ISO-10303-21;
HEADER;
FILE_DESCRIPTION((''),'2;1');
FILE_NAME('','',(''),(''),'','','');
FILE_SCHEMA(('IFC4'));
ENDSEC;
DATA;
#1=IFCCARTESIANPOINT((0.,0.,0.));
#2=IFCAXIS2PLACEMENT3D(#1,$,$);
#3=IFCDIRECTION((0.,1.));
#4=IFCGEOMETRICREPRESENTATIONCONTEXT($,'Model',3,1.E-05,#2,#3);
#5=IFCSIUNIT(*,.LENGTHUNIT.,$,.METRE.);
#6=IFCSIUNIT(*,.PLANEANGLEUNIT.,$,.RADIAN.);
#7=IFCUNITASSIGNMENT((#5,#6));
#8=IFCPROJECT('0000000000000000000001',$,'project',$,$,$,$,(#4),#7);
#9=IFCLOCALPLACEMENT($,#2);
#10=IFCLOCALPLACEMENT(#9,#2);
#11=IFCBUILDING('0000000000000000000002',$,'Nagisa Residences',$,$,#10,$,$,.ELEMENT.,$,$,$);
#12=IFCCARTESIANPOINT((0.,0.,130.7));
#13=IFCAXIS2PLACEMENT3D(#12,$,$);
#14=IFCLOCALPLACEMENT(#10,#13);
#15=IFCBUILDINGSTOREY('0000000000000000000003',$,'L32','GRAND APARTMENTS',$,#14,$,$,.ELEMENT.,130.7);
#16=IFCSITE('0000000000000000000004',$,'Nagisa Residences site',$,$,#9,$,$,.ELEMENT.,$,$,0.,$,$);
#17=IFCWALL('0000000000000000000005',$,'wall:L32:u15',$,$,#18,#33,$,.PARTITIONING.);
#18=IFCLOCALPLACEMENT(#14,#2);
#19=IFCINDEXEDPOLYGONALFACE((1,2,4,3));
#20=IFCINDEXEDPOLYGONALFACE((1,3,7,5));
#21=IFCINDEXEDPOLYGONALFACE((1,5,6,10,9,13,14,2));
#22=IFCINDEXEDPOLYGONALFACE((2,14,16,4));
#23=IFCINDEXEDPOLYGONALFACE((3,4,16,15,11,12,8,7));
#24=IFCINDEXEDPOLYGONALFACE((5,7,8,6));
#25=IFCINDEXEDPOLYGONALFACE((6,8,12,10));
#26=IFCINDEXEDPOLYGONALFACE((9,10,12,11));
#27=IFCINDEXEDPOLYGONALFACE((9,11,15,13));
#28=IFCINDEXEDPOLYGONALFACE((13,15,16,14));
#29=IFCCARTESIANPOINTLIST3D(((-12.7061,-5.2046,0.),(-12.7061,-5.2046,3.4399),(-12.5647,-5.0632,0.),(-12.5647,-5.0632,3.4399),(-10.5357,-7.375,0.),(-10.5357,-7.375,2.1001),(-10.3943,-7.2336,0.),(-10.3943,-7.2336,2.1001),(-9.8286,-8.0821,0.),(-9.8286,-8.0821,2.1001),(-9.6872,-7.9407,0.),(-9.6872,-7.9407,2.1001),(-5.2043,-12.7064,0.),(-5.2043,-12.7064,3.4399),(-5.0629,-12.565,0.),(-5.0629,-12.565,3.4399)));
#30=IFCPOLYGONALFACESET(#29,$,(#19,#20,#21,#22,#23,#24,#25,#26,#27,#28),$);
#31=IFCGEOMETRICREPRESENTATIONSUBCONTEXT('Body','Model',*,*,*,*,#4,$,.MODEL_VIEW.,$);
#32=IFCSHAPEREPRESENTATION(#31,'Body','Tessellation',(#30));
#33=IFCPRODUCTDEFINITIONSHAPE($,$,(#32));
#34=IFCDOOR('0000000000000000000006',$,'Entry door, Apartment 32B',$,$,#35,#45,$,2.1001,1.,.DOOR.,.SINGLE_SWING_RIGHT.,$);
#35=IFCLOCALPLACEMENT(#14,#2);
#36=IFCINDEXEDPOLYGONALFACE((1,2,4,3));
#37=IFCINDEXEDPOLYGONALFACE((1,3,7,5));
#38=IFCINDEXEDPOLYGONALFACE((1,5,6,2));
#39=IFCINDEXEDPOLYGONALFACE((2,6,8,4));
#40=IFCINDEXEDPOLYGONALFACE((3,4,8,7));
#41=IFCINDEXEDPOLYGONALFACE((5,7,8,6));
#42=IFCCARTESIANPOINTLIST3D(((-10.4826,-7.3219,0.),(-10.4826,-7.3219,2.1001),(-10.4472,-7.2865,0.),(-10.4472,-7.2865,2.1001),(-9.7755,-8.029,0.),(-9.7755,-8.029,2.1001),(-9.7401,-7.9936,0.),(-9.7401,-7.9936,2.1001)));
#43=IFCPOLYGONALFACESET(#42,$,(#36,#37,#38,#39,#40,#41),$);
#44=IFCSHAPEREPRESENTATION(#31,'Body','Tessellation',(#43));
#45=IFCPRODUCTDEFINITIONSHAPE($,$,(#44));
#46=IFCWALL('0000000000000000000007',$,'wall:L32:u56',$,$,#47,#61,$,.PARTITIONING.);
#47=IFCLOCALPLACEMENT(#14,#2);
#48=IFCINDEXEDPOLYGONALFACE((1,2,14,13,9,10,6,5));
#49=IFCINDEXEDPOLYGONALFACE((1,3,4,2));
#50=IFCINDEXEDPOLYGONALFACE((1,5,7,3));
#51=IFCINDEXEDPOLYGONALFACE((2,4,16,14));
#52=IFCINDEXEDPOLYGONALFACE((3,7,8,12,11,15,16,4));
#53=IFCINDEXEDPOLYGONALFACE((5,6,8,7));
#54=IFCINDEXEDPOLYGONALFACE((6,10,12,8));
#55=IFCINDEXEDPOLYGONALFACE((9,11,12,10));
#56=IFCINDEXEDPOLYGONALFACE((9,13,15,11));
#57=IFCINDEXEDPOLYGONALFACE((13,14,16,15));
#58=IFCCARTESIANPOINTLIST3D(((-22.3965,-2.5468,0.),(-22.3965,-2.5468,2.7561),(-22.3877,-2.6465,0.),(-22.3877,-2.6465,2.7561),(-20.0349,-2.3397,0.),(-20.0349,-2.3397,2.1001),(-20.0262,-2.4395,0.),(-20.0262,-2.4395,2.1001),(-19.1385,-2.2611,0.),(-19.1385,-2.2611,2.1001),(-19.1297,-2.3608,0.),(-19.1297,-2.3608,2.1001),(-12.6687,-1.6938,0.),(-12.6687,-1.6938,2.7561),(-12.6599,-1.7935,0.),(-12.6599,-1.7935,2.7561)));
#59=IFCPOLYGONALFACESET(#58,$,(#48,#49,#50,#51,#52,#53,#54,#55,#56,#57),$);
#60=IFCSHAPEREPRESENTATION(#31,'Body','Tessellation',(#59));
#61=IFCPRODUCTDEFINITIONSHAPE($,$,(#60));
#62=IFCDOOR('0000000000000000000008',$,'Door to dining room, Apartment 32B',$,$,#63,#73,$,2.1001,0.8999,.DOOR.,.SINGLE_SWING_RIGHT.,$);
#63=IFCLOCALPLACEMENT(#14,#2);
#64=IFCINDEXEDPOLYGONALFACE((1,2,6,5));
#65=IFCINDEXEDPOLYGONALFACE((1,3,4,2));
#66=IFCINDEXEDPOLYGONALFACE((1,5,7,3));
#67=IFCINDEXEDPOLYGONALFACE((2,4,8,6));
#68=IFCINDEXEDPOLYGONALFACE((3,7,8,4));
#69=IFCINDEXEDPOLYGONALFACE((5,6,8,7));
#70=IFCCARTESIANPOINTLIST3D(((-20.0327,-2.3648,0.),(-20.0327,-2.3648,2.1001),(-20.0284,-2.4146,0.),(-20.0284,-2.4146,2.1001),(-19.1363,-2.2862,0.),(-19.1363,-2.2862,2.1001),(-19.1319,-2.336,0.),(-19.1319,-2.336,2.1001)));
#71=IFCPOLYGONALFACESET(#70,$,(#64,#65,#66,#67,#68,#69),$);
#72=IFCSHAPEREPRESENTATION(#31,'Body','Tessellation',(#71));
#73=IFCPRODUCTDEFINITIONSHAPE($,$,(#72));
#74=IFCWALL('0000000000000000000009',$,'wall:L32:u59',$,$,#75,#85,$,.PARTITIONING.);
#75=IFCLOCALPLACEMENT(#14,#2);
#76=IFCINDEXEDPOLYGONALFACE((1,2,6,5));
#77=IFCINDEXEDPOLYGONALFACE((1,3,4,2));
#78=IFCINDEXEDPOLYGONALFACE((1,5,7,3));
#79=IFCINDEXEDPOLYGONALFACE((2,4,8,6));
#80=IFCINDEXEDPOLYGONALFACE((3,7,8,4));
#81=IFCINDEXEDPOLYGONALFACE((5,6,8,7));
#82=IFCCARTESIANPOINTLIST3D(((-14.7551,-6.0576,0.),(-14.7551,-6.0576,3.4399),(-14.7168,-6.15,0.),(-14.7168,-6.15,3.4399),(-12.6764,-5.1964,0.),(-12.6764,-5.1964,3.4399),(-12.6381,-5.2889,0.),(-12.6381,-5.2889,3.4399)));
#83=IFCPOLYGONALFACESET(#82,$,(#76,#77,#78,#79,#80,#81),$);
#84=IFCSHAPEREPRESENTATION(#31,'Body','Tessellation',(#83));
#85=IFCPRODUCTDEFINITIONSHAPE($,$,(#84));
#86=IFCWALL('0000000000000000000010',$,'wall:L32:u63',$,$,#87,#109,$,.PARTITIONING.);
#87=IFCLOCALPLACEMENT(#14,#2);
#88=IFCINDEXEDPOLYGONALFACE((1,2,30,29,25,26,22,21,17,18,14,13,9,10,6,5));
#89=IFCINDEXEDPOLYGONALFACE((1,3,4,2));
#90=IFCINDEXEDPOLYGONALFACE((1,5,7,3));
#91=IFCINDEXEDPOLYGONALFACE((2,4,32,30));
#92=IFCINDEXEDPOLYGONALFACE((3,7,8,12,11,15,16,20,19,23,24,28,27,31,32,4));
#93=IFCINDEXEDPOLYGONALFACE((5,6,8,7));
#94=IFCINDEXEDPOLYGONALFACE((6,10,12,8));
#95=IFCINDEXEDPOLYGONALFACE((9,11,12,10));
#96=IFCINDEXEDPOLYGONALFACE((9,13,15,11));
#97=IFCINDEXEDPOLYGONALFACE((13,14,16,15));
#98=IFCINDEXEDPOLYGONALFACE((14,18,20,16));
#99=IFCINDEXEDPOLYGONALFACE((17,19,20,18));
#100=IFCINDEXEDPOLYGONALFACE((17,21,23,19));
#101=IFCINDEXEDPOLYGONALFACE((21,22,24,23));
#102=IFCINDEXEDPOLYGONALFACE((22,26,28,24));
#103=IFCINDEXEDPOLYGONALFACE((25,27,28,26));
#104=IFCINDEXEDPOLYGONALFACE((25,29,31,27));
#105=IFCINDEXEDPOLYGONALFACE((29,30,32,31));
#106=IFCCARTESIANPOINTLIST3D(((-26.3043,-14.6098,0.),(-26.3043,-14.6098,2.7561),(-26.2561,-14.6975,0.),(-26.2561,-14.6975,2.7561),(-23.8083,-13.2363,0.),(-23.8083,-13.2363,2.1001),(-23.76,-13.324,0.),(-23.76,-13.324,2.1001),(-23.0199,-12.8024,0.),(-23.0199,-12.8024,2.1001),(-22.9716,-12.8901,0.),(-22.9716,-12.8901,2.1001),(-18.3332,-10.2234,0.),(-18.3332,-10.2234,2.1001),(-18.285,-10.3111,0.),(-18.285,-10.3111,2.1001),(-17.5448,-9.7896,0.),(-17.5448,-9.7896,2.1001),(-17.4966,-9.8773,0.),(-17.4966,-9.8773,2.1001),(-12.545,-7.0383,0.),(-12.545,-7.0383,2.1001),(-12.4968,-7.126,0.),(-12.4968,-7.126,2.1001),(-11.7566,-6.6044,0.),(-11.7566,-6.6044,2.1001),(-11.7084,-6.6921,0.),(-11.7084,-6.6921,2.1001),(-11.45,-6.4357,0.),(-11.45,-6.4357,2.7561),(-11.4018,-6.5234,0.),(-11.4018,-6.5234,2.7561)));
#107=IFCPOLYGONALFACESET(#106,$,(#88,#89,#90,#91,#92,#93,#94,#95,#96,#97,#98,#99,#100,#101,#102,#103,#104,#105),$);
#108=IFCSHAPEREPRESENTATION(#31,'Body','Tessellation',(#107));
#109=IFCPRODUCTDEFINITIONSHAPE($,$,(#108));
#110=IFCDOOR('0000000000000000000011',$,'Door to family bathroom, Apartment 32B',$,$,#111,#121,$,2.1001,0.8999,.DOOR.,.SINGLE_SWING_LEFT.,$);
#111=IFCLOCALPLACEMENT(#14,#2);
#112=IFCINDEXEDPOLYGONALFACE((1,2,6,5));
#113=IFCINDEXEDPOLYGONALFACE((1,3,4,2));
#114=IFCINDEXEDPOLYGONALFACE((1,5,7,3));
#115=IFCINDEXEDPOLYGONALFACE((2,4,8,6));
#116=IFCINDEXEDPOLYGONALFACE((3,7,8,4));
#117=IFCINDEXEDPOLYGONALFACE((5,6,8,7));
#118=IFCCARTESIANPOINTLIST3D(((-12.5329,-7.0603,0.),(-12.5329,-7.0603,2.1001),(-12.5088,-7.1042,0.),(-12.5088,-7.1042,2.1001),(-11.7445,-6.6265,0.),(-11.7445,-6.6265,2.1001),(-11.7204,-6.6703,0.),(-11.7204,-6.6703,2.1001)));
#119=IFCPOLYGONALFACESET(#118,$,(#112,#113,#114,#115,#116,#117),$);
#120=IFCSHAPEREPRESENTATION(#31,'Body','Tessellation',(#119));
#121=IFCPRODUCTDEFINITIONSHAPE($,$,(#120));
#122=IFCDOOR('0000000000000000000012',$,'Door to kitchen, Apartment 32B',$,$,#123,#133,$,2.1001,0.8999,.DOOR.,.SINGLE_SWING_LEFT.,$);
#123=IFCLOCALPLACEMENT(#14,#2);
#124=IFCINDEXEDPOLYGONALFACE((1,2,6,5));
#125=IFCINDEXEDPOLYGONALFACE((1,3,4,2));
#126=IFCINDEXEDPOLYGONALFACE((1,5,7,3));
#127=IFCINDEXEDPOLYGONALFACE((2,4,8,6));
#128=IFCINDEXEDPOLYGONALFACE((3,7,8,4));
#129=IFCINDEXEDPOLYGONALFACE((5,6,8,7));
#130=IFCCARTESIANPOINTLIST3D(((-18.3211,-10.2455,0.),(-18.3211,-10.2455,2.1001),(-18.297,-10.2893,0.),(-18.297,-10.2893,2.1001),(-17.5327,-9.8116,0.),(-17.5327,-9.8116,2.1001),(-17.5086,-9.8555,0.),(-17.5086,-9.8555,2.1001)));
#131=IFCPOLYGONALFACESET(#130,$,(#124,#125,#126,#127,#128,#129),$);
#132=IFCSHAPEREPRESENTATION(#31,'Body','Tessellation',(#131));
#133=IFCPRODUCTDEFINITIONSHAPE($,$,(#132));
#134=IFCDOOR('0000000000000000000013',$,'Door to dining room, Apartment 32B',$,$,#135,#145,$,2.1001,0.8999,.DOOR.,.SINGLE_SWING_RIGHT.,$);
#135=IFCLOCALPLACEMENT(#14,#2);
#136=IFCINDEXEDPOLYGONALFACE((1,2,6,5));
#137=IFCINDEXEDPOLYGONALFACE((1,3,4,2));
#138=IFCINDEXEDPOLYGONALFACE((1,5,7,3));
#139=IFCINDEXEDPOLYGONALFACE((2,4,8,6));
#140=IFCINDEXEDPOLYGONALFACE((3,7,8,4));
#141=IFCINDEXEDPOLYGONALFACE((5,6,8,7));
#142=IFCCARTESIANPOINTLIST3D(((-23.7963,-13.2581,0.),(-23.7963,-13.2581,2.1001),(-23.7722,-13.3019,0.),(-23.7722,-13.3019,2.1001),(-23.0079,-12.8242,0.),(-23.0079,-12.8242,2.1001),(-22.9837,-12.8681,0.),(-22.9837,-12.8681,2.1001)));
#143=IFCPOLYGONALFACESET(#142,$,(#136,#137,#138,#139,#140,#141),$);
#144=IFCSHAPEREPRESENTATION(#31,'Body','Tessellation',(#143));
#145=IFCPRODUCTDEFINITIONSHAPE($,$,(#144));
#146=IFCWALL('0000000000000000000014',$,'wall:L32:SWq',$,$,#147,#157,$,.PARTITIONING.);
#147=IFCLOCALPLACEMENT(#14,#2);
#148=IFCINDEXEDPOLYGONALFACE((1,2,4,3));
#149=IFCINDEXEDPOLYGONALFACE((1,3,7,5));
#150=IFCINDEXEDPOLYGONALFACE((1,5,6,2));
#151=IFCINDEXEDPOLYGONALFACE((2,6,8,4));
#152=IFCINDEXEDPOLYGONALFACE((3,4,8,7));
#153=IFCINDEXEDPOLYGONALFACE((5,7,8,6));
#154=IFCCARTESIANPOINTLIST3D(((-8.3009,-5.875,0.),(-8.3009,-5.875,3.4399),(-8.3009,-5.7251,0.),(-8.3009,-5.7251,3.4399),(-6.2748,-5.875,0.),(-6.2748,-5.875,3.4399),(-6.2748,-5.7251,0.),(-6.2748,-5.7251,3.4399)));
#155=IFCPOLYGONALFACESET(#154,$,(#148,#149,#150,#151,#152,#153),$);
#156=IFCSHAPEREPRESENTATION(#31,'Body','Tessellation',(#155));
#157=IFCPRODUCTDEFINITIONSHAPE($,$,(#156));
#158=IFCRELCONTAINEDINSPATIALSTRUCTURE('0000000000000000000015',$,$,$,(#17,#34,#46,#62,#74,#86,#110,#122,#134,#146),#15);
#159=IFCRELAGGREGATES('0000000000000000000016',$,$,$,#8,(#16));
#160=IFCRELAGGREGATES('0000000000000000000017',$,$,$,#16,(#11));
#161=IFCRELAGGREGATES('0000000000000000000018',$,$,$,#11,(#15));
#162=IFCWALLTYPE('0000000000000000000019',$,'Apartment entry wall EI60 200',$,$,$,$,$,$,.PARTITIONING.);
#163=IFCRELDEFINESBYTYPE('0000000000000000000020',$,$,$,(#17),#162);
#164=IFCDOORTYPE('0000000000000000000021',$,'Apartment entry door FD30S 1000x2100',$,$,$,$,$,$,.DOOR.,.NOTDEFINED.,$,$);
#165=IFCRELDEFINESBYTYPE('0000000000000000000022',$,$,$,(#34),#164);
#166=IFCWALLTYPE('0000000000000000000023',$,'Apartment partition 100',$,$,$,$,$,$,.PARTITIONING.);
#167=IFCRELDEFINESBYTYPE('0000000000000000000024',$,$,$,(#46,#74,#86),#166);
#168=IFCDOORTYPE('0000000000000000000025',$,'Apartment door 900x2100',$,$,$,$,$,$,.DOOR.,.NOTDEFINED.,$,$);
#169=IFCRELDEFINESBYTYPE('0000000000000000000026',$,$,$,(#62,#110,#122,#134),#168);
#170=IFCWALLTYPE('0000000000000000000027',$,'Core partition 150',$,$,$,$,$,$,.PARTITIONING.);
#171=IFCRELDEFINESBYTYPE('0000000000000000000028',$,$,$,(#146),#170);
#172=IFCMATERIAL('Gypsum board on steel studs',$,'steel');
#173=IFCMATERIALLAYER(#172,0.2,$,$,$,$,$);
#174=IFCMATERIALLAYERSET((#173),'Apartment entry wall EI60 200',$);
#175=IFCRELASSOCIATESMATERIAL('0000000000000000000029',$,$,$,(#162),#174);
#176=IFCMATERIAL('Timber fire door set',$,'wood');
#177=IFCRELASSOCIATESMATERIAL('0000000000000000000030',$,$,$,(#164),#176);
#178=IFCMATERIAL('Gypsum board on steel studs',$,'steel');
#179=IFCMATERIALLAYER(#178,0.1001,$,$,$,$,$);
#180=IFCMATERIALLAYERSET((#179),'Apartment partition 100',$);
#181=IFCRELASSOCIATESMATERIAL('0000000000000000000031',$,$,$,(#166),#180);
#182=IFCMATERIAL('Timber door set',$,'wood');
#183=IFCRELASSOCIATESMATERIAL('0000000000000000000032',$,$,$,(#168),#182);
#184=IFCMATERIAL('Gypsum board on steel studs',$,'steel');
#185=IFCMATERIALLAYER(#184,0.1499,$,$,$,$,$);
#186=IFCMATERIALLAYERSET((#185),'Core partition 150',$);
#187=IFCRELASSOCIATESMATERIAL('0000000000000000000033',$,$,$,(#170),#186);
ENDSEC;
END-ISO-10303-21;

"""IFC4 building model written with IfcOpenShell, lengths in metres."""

from ifc_helpers import new_model, si_unit, direction, frame, frame_2d, origin, place, context, subcontext, project, spatial, rectangle, extrude, material, layer, layer_set, type_object, element, fill, save


model = new_model("IFC4")

# Units and contexts
model_context = context("Model", 3, precision=1e-05, world=origin(), true_north=direction((0.0, 1.0)))
body_context = subcontext(model_context, "Body", "Model", "MODEL_VIEW")
ifc_project = project(units=[si_unit("LENGTHUNIT", "METRE"), si_unit("PLANEANGLEUNIT", "RADIAN")], contexts=[model_context])

# Site, building, storey
site_placement = place(None, origin())
site = spatial("IfcSite", under=ifc_project, at=site_placement, Name="Nagisa Residences site", CompositionType="ELEMENT", RefElevation=0.0)
building_placement = place(site_placement, origin())
building = spatial("IfcBuilding", under=site, at=building_placement, Name="Nagisa Residences", CompositionType="ELEMENT")
storey_placement = place(building_placement, frame((0.0, 0.0, 130.7)))
storey = spatial("IfcBuildingStorey", under=building, at=storey_placement, Name="L32", Description="GRAND APARTMENTS", CompositionType="ELEMENT", Elevation=130.7)

# Walls, openings, doors
ifc_material_1 = material(Name="Gypsum board on steel studs", Category="steel")
ifc_layer_1 = layer(ifc_material_1, 0.2)
ifc_layer_set_1 = layer_set([ifc_layer_1], Name="Apartment entry wall EI60 200")
wall_type_1 = type_object("IfcWallType", Name="Apartment entry wall EI60 200", PredefinedType="PARTITIONING", material=ifc_layer_set_1)
wall_1_placement = place(storey_placement, frame((-12.6355, -5.1338, 0.0), z_axis=(0.0, 0.0, 1.0), x_axis=(0.707107, -0.707107, 0.0)))
wall_1 = element("IfcWall", 1, at=wall_1_placement, inside=storey, type_object=wall_type_1, Name="wall:L32:u15", PredefinedType="PARTITIONING", context=body_context, shape_type="SweptSolid", body=[
    extrude(rectangle(XDim=10.6091, YDim=0.2, at=frame_2d((5.3047, 0.0))), origin(), (0.0, 0.0, 1.0), 3.4399),
])
opening_1_placement = place(wall_1_placement, frame((3.0696, 0.0, 0.0)))
opening_1 = element("IfcOpeningElement", 2, at=opening_1_placement, cuts=wall_1, PredefinedType="OPENING", context=body_context, shape_type="SweptSolid", body=[
    extrude(rectangle(XDim=1.0, YDim=2.1001, at=frame_2d((0.5, 1.05))), frame((0.0, 0.1099, 0.0), z_axis=(0.0, -1.0, 0.0), x_axis=(1.0, 0.0, 0.0)), (0.0, 0.0, 1.0), 0.22),
])
ifc_material_2 = material(Name="Timber fire door set", Category="wood")
door_type_1 = type_object("IfcDoorType", Name="Apartment entry door FD30S 1000x2100", OperationType="NOTDEFINED", PredefinedType="DOOR", material=ifc_material_2)
door_1_placement = place(opening_1_placement, frame((1.0, 0.0, 0.0), x_axis=(-1.0, 0.0, 0.0)))
door_1 = element("IfcDoor", 3, at=door_1_placement, inside=storey, type_object=door_type_1, Name="Entry door, Apartment 32B", OperationType="SINGLE_SWING_RIGHT", OverallHeight=2.1001, OverallWidth=1.0, PredefinedType="DOOR", context=body_context, shape_type="SweptSolid", body=[
    extrude(rectangle(XDim=1.0, YDim=2.1001, at=frame_2d((0.5, 1.05))), frame((0.0, 0.0249, 0.0), z_axis=(0.0, -1.0, 0.0), x_axis=(1.0, 0.0, 0.0)), (0.0, 0.0, 1.0), 0.05),
])
fill(opening_1, door_1)
ifc_material_3 = material(Name="Gypsum board on steel studs", Category="steel")
ifc_layer_2 = layer(ifc_material_3, 0.1001)
ifc_layer_set_2 = layer_set([ifc_layer_2], Name="Apartment partition 100")
wall_type_2 = type_object("IfcWallType", Name="Apartment partition 100", PredefinedType="PARTITIONING", material=ifc_layer_set_2)
wall_2_placement = place(storey_placement, frame((-12.6643, -1.7437, 0.0), z_axis=(0.0, 0.0, 1.0), x_axis=(-0.996177, -0.087355, 0.0)))
wall_2 = element("IfcWall", 4, at=wall_2_placement, inside=storey, type_object=wall_type_2, Name="wall:L32:u56", PredefinedType="PARTITIONING", context=body_context, shape_type="SweptSolid", body=[
    extrude(rectangle(XDim=9.7651, YDim=0.1001, at=frame_2d((4.8826, 0.0))), origin(), (0.0, 0.0, 1.0), 2.7561),
])
opening_2_placement = place(wall_2_placement, frame((6.4946, 0.0, 0.0)))
opening_2 = element("IfcOpeningElement", 5, at=opening_2_placement, cuts=wall_2, PredefinedType="OPENING", context=body_context, shape_type="SweptSolid", body=[
    extrude(rectangle(XDim=0.8999, YDim=2.1001, at=frame_2d((0.45, 1.05))), frame((0.0, 0.0601, 0.0), z_axis=(0.0, -1.0, 0.0), x_axis=(1.0, 0.0, 0.0)), (0.0, 0.0, 1.0), 0.1201),
])
ifc_material_4 = material(Name="Timber door set", Category="wood")
door_type_2 = type_object("IfcDoorType", Name="Apartment door 900x2100", OperationType="NOTDEFINED", PredefinedType="DOOR", material=ifc_material_4)
door_2_placement = place(opening_2_placement, frame((0.8999, 0.0, 0.0), x_axis=(-1.0, 0.0, 0.0)))
door_2 = element("IfcDoor", 6, at=door_2_placement, inside=storey, type_object=door_type_2, Name="Door to dining room, Apartment 32B", OperationType="SINGLE_SWING_RIGHT", OverallHeight=2.1001, OverallWidth=0.8999, PredefinedType="DOOR", context=body_context, shape_type="SweptSolid", body=[
    extrude(rectangle(XDim=0.8999, YDim=2.1001, at=frame_2d((0.45, 1.05))), frame((0.0, 0.0249, 0.0), z_axis=(0.0, -1.0, 0.0), x_axis=(1.0, 0.0, 0.0)), (0.0, 0.0, 1.0), 0.05),
])
fill(opening_2, door_2)

# Wall
wall_3_placement = place(storey_placement, frame((-12.6572, -5.2427, 0.0), z_axis=(0.0, 0.0, 1.0), x_axis=(-0.923865, -0.382719, 0.0)))
element("IfcWall", 7, at=wall_3_placement, inside=storey, type_object=wall_type_2, Name="wall:L32:u59", PredefinedType="PARTITIONING", context=body_context, shape_type="SweptSolid", body=[
    extrude(rectangle(XDim=2.25, YDim=0.1001, at=frame_2d((1.125, 0.0))), origin(), (0.0, 0.0, 1.0), 3.4399),
])

# Wall, openings, doors
wall_4_placement = place(storey_placement, frame((-11.4258, -6.4795, 0.0), z_axis=(0.0, 0.0, 1.0), x_axis=(-0.87611, -0.482111, 0.0)))
wall_4 = element("IfcWall", 8, at=wall_4_placement, inside=storey, type_object=wall_type_2, Name="wall:L32:u63", PredefinedType="PARTITIONING", context=body_context, shape_type="SweptSolid", body=[
    extrude(rectangle(XDim=16.9548, YDim=0.1001, at=frame_2d((8.4775, 0.0))), origin(), (0.0, 0.0, 1.0), 2.7561),
])
opening_3_placement = place(wall_4_placement, frame((0.3501, 0.0, 0.0)))
opening_3 = element("IfcOpeningElement", 9, at=opening_3_placement, cuts=wall_4, PredefinedType="OPENING", context=body_context, shape_type="SweptSolid", body=[
    extrude(rectangle(XDim=0.8999, YDim=2.1001, at=frame_2d((0.45, 1.05))), frame((0.0, 0.0601, 0.0), z_axis=(0.0, -1.0, 0.0), x_axis=(1.0, 0.0, 0.0)), (0.0, 0.0, 1.0), 0.1201),
])
opening_4_placement = place(wall_4_placement, frame((6.9568, 0.0, 0.0)))
opening_4 = element("IfcOpeningElement", 10, at=opening_4_placement, cuts=wall_4, PredefinedType="OPENING", context=body_context, shape_type="SweptSolid", body=[
    extrude(rectangle(XDim=0.8999, YDim=2.1001, at=frame_2d((0.45, 1.05))), frame((0.0, 0.0601, 0.0), z_axis=(0.0, -1.0, 0.0), x_axis=(1.0, 0.0, 0.0)), (0.0, 0.0, 1.0), 0.1201),
])
opening_5_placement = place(wall_4_placement, frame((13.2061, 0.0, 0.0)))
opening_5 = element("IfcOpeningElement", 11, at=opening_5_placement, cuts=wall_4, PredefinedType="OPENING", context=body_context, shape_type="SweptSolid", body=[
    extrude(rectangle(XDim=0.8999, YDim=2.1001, at=frame_2d((0.45, 1.05))), frame((0.0, 0.0601, 0.0), z_axis=(0.0, -1.0, 0.0), x_axis=(1.0, 0.0, 0.0)), (0.0, 0.0, 1.0), 0.1201),
])
door_3_placement = place(opening_3_placement, frame((0.8999, 0.0, 0.0), x_axis=(-1.0, 0.0, 0.0)))
door_3 = element("IfcDoor", 12, at=door_3_placement, inside=storey, type_object=door_type_2, Name="Door to family bathroom, Apartment 32B", OperationType="SINGLE_SWING_LEFT", OverallHeight=2.1001, OverallWidth=0.8999, PredefinedType="DOOR", context=body_context, shape_type="SweptSolid", body=[
    extrude(rectangle(XDim=0.8999, YDim=2.1001, at=frame_2d((0.45, 1.05))), frame((0.0, 0.0249, 0.0), z_axis=(0.0, -1.0, 0.0), x_axis=(1.0, 0.0, 0.0)), (0.0, 0.0, 1.0), 0.05),
])
fill(opening_3, door_3)
door_4_placement = place(opening_4_placement, frame((0.8999, 0.0, 0.0), x_axis=(-1.0, 0.0, 0.0)))
door_4 = element("IfcDoor", 13, at=door_4_placement, inside=storey, type_object=door_type_2, Name="Door to kitchen, Apartment 32B", OperationType="SINGLE_SWING_LEFT", OverallHeight=2.1001, OverallWidth=0.8999, PredefinedType="DOOR", context=body_context, shape_type="SweptSolid", body=[
    extrude(rectangle(XDim=0.8999, YDim=2.1001, at=frame_2d((0.45, 1.05))), frame((0.0, 0.0249, 0.0), z_axis=(0.0, -1.0, 0.0), x_axis=(1.0, 0.0, 0.0)), (0.0, 0.0, 1.0), 0.05),
])
fill(opening_4, door_4)
door_5_placement = place(opening_5_placement, origin())
door_5 = element("IfcDoor", 14, at=door_5_placement, inside=storey, type_object=door_type_2, Name="Door to dining room, Apartment 32B", OperationType="SINGLE_SWING_RIGHT", OverallHeight=2.1001, OverallWidth=0.8999, PredefinedType="DOOR", context=body_context, shape_type="SweptSolid", body=[
    extrude(rectangle(XDim=0.8999, YDim=2.1001, at=frame_2d((0.45, 1.05))), frame((0.0, 0.0249, 0.0), z_axis=(0.0, -1.0, 0.0), x_axis=(1.0, 0.0, 0.0)), (0.0, 0.0, 1.0), 0.05),
])
fill(opening_5, door_5)

# Wall
ifc_material_5 = material(Name="Gypsum board on steel studs", Category="steel")
ifc_layer_3 = layer(ifc_material_5, 0.1499)
ifc_layer_set_3 = layer_set([ifc_layer_3], Name="Core partition 150")
wall_type_3 = type_object("IfcWallType", Name="Core partition 150", PredefinedType="PARTITIONING", material=ifc_layer_set_3)
wall_5_placement = place(storey_placement, frame((-8.301, -5.8, 0.0), z_axis=(0.0, 0.0, 1.0), x_axis=(1.0, 0.0, 0.0)))
element("IfcWall", 15, at=wall_5_placement, inside=storey, type_object=wall_type_3, Name="wall:L32:SWq", PredefinedType="PARTITIONING", context=body_context, shape_type="SweptSolid", body=[
    extrude(rectangle(XDim=2.0261, YDim=0.1499, at=frame_2d((1.0132, 0.0))), origin(), (0.0, 0.0, 1.0), 3.4399),
])

save(model, "model.ifc")
